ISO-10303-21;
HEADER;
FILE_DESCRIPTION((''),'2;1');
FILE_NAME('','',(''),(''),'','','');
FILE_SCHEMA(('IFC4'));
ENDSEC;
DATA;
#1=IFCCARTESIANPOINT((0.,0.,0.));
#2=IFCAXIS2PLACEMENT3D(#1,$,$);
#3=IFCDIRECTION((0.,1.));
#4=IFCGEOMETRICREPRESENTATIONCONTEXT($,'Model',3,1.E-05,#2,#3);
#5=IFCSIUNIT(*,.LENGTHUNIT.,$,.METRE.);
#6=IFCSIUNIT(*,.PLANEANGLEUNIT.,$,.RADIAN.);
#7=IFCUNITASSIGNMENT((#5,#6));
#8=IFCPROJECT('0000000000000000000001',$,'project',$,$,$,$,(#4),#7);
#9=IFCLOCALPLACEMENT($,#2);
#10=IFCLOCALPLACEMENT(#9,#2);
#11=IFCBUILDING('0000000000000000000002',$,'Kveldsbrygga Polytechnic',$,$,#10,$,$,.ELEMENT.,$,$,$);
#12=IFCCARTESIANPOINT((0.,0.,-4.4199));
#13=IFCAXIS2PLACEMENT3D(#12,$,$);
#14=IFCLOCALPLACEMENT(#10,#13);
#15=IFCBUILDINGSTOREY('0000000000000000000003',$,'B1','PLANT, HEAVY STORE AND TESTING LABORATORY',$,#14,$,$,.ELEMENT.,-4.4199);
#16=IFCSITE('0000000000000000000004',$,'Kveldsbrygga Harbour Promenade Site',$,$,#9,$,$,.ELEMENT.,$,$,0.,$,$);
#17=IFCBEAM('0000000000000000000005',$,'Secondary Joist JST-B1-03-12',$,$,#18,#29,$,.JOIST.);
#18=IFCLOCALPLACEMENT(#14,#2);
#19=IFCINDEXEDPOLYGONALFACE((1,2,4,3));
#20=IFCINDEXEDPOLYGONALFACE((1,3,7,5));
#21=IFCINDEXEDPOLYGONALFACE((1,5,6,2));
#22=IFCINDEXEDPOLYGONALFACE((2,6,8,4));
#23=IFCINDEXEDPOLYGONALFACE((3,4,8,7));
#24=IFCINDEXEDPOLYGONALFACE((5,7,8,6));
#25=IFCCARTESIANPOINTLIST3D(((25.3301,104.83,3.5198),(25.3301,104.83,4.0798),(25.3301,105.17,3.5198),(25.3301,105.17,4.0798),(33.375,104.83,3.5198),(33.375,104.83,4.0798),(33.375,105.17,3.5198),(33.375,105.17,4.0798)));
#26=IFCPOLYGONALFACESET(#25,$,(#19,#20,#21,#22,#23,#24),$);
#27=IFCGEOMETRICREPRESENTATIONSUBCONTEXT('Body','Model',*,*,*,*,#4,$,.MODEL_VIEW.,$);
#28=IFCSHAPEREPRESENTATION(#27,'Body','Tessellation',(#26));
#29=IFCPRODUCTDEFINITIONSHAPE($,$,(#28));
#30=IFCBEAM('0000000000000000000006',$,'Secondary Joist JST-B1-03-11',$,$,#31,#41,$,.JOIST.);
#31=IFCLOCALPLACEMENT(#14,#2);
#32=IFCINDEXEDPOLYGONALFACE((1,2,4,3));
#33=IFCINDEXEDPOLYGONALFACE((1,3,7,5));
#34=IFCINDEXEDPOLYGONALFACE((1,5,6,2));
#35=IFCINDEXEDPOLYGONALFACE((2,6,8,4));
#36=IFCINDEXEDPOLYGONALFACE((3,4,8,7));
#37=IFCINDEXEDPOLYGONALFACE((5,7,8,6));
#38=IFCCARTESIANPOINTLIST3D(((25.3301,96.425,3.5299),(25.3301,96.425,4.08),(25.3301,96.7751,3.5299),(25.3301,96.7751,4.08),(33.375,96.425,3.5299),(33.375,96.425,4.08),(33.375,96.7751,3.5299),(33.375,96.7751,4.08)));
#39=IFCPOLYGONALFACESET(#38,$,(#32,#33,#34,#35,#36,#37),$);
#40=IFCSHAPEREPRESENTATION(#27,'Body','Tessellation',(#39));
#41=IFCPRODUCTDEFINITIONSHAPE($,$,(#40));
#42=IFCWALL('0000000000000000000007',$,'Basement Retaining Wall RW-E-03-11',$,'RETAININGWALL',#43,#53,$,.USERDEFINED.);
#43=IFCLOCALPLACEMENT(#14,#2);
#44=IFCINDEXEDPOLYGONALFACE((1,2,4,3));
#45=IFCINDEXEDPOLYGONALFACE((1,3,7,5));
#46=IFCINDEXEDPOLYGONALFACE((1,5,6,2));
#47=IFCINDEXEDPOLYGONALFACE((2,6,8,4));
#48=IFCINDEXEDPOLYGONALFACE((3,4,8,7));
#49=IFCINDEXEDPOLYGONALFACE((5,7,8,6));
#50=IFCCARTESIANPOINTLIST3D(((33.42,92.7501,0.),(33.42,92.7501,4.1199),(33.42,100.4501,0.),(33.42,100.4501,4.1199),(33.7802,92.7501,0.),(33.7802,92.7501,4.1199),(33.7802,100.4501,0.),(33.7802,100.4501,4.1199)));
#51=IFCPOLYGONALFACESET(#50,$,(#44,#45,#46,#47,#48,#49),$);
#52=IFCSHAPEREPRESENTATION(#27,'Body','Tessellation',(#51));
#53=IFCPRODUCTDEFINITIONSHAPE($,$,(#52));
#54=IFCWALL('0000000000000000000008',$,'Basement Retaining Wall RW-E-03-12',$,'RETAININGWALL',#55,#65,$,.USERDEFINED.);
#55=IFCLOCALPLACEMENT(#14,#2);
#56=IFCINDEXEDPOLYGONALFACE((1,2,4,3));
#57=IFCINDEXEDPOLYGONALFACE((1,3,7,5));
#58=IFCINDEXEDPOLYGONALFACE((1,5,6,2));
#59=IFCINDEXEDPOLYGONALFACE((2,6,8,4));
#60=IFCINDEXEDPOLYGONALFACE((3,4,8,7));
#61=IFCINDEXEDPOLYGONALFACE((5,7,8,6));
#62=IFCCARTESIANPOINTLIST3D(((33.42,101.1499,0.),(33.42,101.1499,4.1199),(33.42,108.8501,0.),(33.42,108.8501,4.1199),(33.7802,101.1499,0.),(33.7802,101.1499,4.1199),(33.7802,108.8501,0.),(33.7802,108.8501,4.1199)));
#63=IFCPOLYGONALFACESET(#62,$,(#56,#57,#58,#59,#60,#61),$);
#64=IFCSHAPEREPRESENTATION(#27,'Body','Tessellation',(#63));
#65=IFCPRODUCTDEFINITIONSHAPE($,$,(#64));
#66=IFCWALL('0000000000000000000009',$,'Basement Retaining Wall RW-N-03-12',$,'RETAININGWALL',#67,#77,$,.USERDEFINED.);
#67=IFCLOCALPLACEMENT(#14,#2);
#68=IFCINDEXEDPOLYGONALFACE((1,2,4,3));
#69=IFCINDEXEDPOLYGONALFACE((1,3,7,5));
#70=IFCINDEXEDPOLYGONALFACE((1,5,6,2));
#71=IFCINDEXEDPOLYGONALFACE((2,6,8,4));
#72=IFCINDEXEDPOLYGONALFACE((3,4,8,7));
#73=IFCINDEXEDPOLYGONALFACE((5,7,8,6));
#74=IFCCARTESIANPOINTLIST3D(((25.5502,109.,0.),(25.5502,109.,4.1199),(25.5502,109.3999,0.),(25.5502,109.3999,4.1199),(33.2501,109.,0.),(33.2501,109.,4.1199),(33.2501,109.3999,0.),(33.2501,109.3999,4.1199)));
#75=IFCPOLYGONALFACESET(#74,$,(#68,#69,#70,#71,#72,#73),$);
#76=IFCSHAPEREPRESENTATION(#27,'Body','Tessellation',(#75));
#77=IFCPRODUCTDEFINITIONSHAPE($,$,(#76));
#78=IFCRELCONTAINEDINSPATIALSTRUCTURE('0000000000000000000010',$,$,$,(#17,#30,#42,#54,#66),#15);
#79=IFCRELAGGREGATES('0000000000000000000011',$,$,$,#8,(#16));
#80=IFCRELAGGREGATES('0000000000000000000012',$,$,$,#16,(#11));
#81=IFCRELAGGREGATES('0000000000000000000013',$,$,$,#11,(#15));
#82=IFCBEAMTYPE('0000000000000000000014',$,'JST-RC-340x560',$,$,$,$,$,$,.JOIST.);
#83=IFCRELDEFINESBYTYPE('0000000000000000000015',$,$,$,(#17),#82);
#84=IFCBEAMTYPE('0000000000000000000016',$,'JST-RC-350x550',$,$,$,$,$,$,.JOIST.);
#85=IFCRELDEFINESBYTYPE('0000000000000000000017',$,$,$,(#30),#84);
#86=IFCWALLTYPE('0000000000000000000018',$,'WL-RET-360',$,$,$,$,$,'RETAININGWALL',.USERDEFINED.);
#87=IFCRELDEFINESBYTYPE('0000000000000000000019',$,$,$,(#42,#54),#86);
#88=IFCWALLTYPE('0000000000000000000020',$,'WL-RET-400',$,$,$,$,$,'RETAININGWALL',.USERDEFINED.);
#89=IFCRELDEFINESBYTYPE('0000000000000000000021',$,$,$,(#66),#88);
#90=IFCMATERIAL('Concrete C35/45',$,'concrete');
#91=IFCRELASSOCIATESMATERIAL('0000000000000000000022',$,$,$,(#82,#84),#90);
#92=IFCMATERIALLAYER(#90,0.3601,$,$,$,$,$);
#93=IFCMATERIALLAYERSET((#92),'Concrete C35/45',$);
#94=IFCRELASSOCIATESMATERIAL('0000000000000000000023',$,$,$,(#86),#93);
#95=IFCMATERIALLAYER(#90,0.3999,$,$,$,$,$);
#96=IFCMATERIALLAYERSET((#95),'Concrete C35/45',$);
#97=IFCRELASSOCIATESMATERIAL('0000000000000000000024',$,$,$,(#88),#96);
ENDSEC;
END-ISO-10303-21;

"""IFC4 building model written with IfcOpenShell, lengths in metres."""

from ifc_helpers import new_model, si_unit, direction, frame, frame_2d, origin, origin_2d, place, context, subcontext, project, spatial, rectangle, extrude, material, layer, layer_set, material_profile, profile_set, type_object, element, save


model = new_model("IFC4")

# Units and contexts
model_context = context("Model", 3, precision=1e-05, world=origin(), true_north=direction((0.0, 1.0)))
body_context = subcontext(model_context, "Body", "Model", "MODEL_VIEW")
ifc_project = project(units=[si_unit("LENGTHUNIT", "METRE"), si_unit("PLANEANGLEUNIT", "RADIAN")], contexts=[model_context])

# Site, building, storey
site_placement = place(None, origin())
site = spatial("IfcSite", under=ifc_project, at=site_placement, Name="Kveldsbrygga Harbour Promenade Site", CompositionType="ELEMENT", RefElevation=0.0)
building_placement = place(site_placement, origin())
building = spatial("IfcBuilding", under=site, at=building_placement, Name="Kveldsbrygga Polytechnic", CompositionType="ELEMENT")
storey_placement = place(building_placement, frame((0.0, 0.0, -4.4199)))
storey = spatial("IfcBuildingStorey", under=building, at=storey_placement, Name="B1", Description="PLANT, HEAVY STORE AND TESTING LABORATORY", CompositionType="ELEMENT", Elevation=-4.4199)

# Beams
ifc_material_1 = material(Name="Concrete C35/45", Category="concrete")
ifc_material_profile_1 = material_profile(ifc_material_1, rectangle(XDim=0.3401, YDim=0.5601, at=origin_2d()), Name="RC 340x560")
ifc_profile_set_1 = profile_set([ifc_material_profile_1], Name="Concrete C35/45")
beam_type_1 = type_object("IfcBeamType", Name="JST-RC-340x560", PredefinedType="JOIST", material=ifc_profile_set_1)
beam_1_placement = place(storey_placement, frame((25.3301, 105.0, 3.7998), z_axis=(1.0, 0.0, 0.0), x_axis=(0.0, 1.0, 0.0)))
element("IfcBeam", 1, at=beam_1_placement, inside=storey, type_object=beam_type_1, Name="Secondary Joist JST-B1-03-12", PredefinedType="JOIST", context=body_context, shape_type="SweptSolid", body=[
    extrude(rectangle(XDim=0.3401, YDim=0.5601, at=origin_2d()), origin(), (0.0, 0.0, 1.0), 8.0449),
])
ifc_material_profile_2 = material_profile(ifc_material_1, rectangle(XDim=0.3501, YDim=0.55, at=origin_2d()), Name="RC 350x550")
ifc_profile_set_2 = profile_set([ifc_material_profile_2], Name="Concrete C35/45")
beam_type_2 = type_object("IfcBeamType", Name="JST-RC-350x550", PredefinedType="JOIST", material=ifc_profile_set_2)
beam_2_placement = place(storey_placement, frame((25.3301, 96.6001, 3.8049), z_axis=(1.0, 0.0, 0.0), x_axis=(0.0, 1.0, 0.0)))
element("IfcBeam", 2, at=beam_2_placement, inside=storey, type_object=beam_type_2, Name="Secondary Joist JST-B1-03-11", PredefinedType="JOIST", context=body_context, shape_type="SweptSolid", body=[
    extrude(rectangle(XDim=0.3501, YDim=0.55, at=origin_2d()), origin(), (0.0, 0.0, 1.0), 8.0449),
])

# Walls
ifc_layer_1 = layer(ifc_material_1, 0.3601)
ifc_layer_set_1 = layer_set([ifc_layer_1], Name="Concrete C35/45")
wall_type_1 = type_object("IfcWallType", Name="WL-RET-360", ElementType="RETAININGWALL", PredefinedType="USERDEFINED", material=ifc_layer_set_1)
wall_1_placement = place(storey_placement, frame((33.6001, 92.75, 0.0), z_axis=(0.0, 0.0, 1.0), x_axis=(0.0, 1.0, 0.0)))
element("IfcWall", 3, at=wall_1_placement, inside=storey, type_object=wall_type_1, Name="Basement Retaining Wall RW-E-03-11", ObjectType="RETAININGWALL", PredefinedType="USERDEFINED", context=body_context, shape_type="SweptSolid", body=[
    extrude(rectangle(XDim=7.7, YDim=0.3601, at=frame_2d((3.8501, 0.0))), origin(), (0.0, 0.0, 1.0), 4.1199),
])
wall_2_placement = place(storey_placement, frame((33.6001, 101.1499, 0.0), z_axis=(0.0, 0.0, 1.0), x_axis=(0.0, 1.0, 0.0)))
element("IfcWall", 4, at=wall_2_placement, inside=storey, type_object=wall_type_1, Name="Basement Retaining Wall RW-E-03-12", ObjectType="RETAININGWALL", PredefinedType="USERDEFINED", context=body_context, shape_type="SweptSolid", body=[
    extrude(rectangle(XDim=7.7002, YDim=0.3601, at=frame_2d((3.8501, 0.0))), origin(), (0.0, 0.0, 1.0), 4.1199),
])
ifc_layer_2 = layer(ifc_material_1, 0.3999)
ifc_layer_set_2 = layer_set([ifc_layer_2], Name="Concrete C35/45")
wall_type_2 = type_object("IfcWallType", Name="WL-RET-400", ElementType="RETAININGWALL", PredefinedType="USERDEFINED", material=ifc_layer_set_2)
wall_3_placement = place(storey_placement, frame((25.55, 109.2, 0.0), z_axis=(0.0, 0.0, 1.0), x_axis=(1.0, 0.0, 0.0)))
element("IfcWall", 5, at=wall_3_placement, inside=storey, type_object=wall_type_2, Name="Basement Retaining Wall RW-N-03-12", ObjectType="RETAININGWALL", PredefinedType="USERDEFINED", context=body_context, shape_type="SweptSolid", body=[
    extrude(rectangle(XDim=7.7, YDim=0.3999, at=frame_2d((3.8501, 0.0))), origin(), (0.0, 0.0, 1.0), 4.1199),
])

save(model, "model.ifc")
